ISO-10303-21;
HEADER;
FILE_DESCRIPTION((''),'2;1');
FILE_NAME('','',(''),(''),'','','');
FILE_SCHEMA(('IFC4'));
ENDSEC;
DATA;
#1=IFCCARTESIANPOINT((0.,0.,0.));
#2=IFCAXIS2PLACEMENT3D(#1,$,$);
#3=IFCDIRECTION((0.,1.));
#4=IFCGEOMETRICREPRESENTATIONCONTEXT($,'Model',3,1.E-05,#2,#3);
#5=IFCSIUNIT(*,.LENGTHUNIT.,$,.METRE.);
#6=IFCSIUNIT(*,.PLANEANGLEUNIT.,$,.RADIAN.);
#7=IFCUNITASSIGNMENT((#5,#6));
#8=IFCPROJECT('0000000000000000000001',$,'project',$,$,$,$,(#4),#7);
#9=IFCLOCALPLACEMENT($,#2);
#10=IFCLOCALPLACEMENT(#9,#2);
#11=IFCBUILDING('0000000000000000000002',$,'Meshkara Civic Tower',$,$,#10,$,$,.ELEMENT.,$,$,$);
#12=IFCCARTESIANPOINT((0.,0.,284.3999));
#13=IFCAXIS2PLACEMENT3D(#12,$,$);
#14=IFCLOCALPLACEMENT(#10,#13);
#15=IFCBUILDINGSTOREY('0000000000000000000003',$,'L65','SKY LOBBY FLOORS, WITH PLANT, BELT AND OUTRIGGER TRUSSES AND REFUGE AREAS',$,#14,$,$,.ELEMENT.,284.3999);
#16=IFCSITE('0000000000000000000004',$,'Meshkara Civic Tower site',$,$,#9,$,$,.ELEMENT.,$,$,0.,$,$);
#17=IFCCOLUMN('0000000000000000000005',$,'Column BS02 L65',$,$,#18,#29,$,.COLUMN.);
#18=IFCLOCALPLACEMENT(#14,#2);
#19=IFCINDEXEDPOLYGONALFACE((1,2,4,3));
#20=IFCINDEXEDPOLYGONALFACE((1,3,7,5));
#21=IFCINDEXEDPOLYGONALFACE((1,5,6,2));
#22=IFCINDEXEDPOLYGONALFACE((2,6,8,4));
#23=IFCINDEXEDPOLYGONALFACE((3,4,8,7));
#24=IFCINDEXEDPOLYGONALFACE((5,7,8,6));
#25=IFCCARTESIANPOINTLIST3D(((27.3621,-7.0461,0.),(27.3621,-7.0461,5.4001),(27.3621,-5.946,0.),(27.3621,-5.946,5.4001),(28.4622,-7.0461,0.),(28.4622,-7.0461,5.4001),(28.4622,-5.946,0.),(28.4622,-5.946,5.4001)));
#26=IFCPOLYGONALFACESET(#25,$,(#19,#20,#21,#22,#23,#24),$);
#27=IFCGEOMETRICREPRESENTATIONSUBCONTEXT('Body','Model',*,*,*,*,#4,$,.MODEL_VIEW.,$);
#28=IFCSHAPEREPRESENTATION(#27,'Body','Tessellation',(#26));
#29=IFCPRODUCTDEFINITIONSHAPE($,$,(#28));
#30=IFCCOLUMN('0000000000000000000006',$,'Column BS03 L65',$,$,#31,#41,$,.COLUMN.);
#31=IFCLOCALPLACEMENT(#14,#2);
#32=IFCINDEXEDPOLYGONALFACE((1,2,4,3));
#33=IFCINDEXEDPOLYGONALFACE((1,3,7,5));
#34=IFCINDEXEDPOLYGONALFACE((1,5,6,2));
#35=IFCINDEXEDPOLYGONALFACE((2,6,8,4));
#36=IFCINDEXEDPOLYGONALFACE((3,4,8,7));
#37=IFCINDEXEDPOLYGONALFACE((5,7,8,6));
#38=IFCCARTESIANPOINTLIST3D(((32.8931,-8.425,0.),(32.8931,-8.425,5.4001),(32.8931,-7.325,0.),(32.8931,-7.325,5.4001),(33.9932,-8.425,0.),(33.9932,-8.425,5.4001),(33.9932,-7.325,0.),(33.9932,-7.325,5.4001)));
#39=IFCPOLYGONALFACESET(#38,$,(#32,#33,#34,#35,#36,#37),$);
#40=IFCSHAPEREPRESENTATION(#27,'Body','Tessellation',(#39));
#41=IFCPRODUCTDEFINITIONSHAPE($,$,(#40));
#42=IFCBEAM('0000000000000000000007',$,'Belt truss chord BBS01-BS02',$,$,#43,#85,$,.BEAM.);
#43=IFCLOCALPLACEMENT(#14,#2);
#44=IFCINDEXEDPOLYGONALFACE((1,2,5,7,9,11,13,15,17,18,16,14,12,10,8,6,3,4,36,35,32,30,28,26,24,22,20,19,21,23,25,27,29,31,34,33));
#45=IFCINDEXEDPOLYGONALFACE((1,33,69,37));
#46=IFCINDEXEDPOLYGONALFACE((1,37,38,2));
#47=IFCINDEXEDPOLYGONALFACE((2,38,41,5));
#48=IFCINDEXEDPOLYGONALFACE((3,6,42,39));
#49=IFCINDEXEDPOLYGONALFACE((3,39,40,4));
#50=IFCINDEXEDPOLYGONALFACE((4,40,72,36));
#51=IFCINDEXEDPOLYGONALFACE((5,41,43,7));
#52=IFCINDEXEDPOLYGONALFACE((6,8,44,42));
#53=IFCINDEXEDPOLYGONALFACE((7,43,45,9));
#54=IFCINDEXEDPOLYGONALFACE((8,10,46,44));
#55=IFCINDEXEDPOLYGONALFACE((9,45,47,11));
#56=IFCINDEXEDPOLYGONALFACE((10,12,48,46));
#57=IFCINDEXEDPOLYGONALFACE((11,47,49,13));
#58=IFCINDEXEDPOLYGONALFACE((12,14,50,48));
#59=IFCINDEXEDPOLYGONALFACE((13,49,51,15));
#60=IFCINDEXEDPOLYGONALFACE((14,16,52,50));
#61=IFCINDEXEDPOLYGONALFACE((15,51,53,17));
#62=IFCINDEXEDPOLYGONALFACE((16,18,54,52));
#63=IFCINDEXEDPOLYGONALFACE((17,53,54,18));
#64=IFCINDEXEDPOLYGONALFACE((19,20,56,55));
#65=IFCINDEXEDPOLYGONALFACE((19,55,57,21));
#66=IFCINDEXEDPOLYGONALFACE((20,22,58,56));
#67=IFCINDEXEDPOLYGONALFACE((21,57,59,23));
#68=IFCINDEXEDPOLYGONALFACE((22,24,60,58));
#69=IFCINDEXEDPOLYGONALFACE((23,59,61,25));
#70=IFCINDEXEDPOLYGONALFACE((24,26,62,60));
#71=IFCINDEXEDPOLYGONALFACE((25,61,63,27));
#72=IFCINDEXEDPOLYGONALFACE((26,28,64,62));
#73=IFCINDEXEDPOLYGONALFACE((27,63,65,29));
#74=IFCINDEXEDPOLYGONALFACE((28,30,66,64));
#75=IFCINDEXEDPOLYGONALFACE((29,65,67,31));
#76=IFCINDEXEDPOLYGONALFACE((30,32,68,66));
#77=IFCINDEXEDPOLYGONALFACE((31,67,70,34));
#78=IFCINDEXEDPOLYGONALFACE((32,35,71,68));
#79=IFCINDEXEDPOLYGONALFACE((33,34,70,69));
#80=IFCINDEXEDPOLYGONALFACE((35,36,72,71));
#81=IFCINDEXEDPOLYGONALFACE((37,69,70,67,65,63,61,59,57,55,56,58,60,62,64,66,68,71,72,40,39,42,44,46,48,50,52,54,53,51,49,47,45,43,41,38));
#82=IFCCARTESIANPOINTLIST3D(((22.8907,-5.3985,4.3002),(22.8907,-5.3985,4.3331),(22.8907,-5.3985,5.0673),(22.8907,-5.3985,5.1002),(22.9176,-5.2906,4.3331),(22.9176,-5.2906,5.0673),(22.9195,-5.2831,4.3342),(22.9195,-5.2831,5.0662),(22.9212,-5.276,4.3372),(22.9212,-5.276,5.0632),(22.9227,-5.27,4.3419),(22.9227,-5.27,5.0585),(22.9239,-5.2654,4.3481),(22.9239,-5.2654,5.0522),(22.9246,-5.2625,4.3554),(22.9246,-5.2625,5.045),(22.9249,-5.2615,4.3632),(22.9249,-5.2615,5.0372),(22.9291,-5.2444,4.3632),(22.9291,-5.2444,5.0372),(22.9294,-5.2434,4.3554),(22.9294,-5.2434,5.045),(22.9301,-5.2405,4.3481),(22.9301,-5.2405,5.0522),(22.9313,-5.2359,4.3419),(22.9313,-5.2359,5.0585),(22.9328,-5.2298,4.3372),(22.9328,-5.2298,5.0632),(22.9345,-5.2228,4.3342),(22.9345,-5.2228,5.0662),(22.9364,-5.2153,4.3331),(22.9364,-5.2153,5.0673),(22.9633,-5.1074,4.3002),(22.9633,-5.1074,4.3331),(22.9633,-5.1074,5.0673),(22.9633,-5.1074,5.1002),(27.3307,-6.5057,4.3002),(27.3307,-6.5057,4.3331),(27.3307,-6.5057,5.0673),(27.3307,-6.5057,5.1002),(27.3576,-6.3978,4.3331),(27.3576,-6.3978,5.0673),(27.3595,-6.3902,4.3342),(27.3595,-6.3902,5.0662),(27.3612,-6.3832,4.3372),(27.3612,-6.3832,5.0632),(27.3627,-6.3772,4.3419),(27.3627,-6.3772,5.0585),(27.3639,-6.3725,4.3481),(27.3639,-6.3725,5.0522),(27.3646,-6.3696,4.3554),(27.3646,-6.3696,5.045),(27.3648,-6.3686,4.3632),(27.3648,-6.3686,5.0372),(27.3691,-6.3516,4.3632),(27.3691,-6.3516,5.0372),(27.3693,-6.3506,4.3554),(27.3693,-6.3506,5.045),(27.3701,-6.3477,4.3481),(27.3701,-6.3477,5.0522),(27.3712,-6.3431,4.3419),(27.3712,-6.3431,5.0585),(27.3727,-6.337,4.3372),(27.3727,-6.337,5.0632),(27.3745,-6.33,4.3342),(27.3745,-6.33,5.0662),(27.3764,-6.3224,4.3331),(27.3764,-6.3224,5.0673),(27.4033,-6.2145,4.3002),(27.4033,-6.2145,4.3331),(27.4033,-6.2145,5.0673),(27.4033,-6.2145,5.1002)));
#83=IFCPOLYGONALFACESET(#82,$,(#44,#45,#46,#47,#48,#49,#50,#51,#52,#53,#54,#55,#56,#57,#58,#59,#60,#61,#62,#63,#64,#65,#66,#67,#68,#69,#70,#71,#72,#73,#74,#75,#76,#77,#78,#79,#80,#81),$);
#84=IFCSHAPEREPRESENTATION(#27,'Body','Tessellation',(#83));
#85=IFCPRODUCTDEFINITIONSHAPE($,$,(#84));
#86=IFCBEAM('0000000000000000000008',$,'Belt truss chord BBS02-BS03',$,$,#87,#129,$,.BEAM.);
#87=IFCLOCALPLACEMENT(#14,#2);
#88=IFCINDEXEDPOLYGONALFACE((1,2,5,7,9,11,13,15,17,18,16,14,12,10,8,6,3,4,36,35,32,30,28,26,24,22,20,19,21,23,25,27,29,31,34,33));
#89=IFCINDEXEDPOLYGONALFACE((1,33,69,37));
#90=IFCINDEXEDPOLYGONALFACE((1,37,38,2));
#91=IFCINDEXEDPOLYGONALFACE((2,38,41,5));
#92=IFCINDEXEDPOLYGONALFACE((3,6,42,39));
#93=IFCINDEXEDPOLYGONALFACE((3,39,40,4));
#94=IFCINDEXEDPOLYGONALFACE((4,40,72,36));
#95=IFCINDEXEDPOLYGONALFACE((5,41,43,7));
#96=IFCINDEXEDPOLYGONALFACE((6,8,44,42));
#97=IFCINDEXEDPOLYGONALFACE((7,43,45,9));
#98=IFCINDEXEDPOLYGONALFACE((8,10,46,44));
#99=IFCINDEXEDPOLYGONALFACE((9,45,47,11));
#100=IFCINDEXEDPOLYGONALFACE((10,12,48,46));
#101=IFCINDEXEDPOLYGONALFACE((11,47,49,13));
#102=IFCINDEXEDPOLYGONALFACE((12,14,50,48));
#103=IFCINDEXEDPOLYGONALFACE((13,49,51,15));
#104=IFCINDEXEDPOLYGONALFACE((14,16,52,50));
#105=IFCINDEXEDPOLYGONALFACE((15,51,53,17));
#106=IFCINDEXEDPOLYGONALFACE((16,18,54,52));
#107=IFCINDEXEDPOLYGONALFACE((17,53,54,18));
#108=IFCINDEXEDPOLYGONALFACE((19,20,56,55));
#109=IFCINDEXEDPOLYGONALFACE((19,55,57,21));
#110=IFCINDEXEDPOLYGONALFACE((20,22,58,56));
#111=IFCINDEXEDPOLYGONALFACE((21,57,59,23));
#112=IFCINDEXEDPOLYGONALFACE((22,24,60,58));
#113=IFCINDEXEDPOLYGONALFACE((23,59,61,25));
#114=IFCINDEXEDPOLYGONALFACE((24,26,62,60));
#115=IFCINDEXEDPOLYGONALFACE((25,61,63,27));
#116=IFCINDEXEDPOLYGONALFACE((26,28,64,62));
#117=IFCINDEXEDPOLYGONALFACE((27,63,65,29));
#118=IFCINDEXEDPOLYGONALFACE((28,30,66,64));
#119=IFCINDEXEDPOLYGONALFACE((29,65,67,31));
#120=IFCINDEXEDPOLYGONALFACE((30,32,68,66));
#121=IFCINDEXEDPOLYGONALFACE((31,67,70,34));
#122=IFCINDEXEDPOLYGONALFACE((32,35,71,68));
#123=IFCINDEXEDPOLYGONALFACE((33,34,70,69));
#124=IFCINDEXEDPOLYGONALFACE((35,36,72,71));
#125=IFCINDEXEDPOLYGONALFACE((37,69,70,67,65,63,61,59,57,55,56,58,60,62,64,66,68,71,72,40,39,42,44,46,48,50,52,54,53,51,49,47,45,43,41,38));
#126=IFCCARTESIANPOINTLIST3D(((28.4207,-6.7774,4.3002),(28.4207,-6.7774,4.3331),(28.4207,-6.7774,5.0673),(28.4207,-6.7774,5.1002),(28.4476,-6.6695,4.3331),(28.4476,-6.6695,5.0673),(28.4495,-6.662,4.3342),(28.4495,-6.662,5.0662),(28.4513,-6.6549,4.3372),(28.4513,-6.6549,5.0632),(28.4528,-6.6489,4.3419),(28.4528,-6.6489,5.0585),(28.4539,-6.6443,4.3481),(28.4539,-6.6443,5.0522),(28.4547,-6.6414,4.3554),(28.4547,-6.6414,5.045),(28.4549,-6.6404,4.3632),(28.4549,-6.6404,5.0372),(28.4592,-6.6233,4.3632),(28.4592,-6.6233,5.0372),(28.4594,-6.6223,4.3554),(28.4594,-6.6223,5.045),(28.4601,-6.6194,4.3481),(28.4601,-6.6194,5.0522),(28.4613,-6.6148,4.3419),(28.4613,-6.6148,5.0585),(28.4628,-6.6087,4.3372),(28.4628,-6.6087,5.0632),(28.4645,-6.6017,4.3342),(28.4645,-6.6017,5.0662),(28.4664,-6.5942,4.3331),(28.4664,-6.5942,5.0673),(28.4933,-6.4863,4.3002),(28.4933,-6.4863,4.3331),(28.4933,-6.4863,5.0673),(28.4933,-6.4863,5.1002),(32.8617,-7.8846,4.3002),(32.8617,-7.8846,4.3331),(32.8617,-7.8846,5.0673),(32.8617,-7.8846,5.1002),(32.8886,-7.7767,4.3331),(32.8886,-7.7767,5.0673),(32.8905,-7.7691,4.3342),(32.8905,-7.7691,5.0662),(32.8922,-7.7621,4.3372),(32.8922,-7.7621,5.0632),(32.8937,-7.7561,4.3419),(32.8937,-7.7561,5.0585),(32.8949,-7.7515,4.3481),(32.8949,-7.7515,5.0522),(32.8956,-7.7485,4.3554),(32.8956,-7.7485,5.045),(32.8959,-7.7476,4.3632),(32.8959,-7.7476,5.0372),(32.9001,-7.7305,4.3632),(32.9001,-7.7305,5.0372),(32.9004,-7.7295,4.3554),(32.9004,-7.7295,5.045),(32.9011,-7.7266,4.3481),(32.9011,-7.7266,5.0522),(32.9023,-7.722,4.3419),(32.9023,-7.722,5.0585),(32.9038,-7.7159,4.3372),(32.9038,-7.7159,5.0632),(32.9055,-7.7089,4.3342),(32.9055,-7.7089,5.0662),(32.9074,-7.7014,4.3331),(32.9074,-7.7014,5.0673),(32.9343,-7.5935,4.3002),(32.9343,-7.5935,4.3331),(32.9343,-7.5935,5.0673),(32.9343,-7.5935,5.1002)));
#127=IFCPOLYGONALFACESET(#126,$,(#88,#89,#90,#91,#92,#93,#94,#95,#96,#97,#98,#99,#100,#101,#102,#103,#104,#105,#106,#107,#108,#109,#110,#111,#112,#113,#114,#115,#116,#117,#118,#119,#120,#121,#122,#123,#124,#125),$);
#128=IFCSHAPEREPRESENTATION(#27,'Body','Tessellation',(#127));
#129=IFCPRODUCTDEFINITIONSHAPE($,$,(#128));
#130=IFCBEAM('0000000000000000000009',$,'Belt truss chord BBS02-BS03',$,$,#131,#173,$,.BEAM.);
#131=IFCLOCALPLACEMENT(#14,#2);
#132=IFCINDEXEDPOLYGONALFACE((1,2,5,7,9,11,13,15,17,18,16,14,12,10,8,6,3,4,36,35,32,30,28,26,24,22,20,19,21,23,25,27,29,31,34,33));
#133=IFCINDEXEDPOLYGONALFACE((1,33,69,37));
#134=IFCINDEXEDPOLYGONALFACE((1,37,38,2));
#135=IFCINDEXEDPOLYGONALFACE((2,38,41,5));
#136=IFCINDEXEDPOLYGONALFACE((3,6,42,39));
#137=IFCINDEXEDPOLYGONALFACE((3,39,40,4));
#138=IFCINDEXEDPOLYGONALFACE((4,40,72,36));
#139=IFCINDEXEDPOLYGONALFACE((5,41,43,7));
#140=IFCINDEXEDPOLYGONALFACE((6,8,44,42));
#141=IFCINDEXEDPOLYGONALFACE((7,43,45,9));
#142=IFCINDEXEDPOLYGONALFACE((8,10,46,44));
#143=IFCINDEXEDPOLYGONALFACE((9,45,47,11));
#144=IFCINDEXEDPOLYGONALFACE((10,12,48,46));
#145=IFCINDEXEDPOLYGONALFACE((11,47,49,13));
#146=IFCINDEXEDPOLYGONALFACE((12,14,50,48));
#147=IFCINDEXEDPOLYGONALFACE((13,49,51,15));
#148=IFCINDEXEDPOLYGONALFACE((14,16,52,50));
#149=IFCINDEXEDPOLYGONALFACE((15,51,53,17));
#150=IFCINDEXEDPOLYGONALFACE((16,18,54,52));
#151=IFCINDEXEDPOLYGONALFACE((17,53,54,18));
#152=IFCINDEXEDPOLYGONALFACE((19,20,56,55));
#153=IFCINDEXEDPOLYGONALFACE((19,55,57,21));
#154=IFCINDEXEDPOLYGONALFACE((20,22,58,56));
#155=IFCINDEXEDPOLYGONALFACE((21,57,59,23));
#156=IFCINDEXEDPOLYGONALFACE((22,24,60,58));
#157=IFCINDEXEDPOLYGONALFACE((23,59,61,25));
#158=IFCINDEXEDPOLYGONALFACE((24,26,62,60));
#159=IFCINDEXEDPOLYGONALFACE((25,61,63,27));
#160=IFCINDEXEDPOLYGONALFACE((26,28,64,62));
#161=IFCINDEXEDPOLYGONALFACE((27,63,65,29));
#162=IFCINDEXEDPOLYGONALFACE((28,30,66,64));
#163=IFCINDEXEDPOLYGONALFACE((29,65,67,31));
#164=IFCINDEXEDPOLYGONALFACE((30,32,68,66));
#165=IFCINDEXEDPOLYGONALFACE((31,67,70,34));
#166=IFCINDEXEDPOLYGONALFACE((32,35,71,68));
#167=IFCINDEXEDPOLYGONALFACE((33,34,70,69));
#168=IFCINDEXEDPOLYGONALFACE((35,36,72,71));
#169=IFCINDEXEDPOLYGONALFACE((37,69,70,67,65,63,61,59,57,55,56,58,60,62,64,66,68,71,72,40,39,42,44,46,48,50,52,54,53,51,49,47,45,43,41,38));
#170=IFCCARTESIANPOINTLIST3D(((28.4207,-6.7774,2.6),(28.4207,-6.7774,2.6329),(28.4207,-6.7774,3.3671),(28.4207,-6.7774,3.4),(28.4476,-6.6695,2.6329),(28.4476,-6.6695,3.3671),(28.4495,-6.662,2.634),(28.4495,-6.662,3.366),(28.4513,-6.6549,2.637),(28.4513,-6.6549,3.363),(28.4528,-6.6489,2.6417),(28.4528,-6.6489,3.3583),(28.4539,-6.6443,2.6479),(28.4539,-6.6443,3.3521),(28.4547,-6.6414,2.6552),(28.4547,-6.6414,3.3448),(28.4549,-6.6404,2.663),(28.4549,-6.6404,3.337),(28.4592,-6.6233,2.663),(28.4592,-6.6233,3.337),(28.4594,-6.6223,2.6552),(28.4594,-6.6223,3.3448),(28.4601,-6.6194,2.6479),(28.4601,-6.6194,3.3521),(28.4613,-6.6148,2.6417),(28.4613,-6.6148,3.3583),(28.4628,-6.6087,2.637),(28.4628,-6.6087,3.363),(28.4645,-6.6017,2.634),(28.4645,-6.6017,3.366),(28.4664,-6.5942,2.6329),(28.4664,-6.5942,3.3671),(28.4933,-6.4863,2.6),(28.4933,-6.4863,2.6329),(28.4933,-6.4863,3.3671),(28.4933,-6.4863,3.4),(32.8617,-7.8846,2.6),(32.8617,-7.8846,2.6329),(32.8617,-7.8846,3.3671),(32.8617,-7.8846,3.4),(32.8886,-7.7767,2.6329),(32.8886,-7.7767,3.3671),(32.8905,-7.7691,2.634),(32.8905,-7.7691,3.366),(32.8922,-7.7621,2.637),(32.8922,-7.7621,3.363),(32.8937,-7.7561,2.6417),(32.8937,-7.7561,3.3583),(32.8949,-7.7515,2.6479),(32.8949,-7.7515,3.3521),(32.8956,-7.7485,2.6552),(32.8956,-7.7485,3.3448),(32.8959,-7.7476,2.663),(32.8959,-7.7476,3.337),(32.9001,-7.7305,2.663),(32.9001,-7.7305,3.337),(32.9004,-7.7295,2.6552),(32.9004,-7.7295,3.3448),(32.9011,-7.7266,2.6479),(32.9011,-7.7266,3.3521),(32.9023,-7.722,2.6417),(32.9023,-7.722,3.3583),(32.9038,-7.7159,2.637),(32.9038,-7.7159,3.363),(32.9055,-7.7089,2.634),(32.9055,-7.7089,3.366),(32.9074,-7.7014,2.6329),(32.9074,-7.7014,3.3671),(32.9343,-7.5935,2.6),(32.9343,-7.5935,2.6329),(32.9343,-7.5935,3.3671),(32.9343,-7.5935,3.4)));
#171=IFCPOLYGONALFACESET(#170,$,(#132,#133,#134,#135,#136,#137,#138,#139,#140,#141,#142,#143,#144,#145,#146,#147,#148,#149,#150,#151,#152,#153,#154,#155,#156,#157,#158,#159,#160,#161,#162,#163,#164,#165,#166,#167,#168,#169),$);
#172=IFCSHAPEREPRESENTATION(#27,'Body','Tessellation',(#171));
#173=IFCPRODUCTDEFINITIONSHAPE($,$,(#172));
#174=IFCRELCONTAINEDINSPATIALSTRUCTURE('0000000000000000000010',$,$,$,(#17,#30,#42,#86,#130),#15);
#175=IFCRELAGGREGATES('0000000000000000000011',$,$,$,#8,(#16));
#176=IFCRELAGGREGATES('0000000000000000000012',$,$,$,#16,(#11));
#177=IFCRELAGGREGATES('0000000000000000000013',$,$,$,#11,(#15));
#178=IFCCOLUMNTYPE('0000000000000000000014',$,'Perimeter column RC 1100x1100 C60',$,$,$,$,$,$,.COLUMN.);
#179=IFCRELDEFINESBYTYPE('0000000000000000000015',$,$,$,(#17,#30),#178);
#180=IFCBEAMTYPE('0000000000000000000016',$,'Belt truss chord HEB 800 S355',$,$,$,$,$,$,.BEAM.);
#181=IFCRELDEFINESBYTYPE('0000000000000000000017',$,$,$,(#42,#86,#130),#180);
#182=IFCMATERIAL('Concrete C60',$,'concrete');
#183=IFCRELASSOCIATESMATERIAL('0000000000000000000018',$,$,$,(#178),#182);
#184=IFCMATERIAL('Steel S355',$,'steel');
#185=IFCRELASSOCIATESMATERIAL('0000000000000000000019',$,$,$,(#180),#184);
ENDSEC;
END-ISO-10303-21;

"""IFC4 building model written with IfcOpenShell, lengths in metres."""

from ifc_helpers import new_model, si_unit, direction, frame, origin, origin_2d, place, context, subcontext, project, spatial, rectangle, i_section, extrude, material, material_profile, profile_set, type_object, element, save


model = new_model("IFC4")

# Units and contexts
model_context = context("Model", 3, precision=1e-05, world=origin(), true_north=direction((0.0, 1.0)))
body_context = subcontext(model_context, "Body", "Model", "MODEL_VIEW")
ifc_project = project(units=[si_unit("LENGTHUNIT", "METRE"), si_unit("PLANEANGLEUNIT", "RADIAN")], contexts=[model_context])

# Site, building, storey
site_placement = place(None, origin())
site = spatial("IfcSite", under=ifc_project, at=site_placement, Name="Meshkara Civic Tower site", CompositionType="ELEMENT", RefElevation=0.0)
building_placement = place(site_placement, origin())
building = spatial("IfcBuilding", under=site, at=building_placement, Name="Meshkara Civic Tower", CompositionType="ELEMENT")
storey_placement = place(building_placement, frame((0.0, 0.0, 284.3999)))
storey = spatial("IfcBuildingStorey", under=building, at=storey_placement, Name="L65", Description="SKY LOBBY FLOORS, WITH PLANT, BELT AND OUTRIGGER TRUSSES AND REFUGE AREAS", CompositionType="ELEMENT", Elevation=284.3999)

# Columns
ifc_material_1 = material(Name="Concrete C60", Category="concrete")
ifc_material_profile_1 = material_profile(ifc_material_1, rectangle(XDim=1.1001, YDim=1.1001, at=origin_2d()))
ifc_profile_set_1 = profile_set([ifc_material_profile_1], Name="Concrete C60")
column_type = type_object("IfcColumnType", Name="Perimeter column RC 1100x1100 C60", PredefinedType="COLUMN", material=ifc_profile_set_1)
for number, where, z_axis, x_axis, name in (
    (1, (27.9121, -6.4961, 0.0), (0.0, 0.0, 1.0), (1.0, 0.0, 0.0), "Column BS02 L65"),
    (2, (33.4431, -7.875, 0.0), (0.0, 0.0, 1.0), (1.0, 0.0, 0.0), "Column BS03 L65"),
):
    element("IfcColumn", number, at=place(storey_placement, frame(where, z_axis=z_axis, x_axis=x_axis)), inside=storey, type_object=column_type, Name=name, PredefinedType="COLUMN", context=body_context, shape_type="SweptSolid", body=[
        extrude(rectangle(XDim=1.1001, YDim=1.1001, at=origin_2d()), origin(), (0.0, 0.0, 1.0), 5.4001),
    ])

# Beams
ifc_material_2 = material(Name="Steel S355", Category="steel")
ifc_material_profile_2 = material_profile(ifc_material_2, i_section(OverallWidth=0.3, OverallDepth=0.8, WebThickness=0.0176, FlangeThickness=0.033, FilletRadius=0.03, at=origin_2d()))
ifc_profile_set_2 = profile_set([ifc_material_profile_2], Name="Steel S355")
beam_type = type_object("IfcBeamType", Name="Belt truss chord HEB 800 S355", PredefinedType="BEAM", material=ifc_profile_set_2)
beam_placement = place(storey_placement, frame((22.927, -5.2529, 4.7002), z_axis=(0.970287, -0.241958, 0.0), x_axis=(0.241958, 0.970287, 0.0)))
element("IfcBeam", 3, at=beam_placement, inside=storey, type_object=beam_type, Name="Belt truss chord BBS01-BS02", PredefinedType="BEAM", context=body_context, shape_type="SweptSolid", body=[
    extrude(i_section(OverallWidth=0.3, OverallDepth=0.8, WebThickness=0.0176, FlangeThickness=0.033, FilletRadius=0.03, at=origin_2d()), origin(), (0.0, 0.0, 1.0), 4.5759),
])
for number, where, z_axis, x_axis, name in (
    (4, (28.457, -6.6318, 4.7002), (0.970299, -0.241908, 0.0), (0.241908, 0.970299, 0.0), "Belt truss chord BBS02-BS03"),
    (5, (28.457, -6.6318, 3.0), (0.970299, -0.241908, 0.0), (0.241908, 0.970299, 0.0), "Belt truss chord BBS02-BS03"),
):
    element("IfcBeam", number, at=place(storey_placement, frame(where, z_axis=z_axis, x_axis=x_axis)), inside=storey, type_object=beam_type, Name=name, PredefinedType="BEAM", context=body_context, shape_type="SweptSolid", body=[
        extrude(i_section(OverallWidth=0.3, OverallDepth=0.8, WebThickness=0.0176, FlangeThickness=0.033, FilletRadius=0.03, at=origin_2d()), origin(), (0.0, 0.0, 1.0), 4.5769),
    ])

save(model, "model.ifc")
